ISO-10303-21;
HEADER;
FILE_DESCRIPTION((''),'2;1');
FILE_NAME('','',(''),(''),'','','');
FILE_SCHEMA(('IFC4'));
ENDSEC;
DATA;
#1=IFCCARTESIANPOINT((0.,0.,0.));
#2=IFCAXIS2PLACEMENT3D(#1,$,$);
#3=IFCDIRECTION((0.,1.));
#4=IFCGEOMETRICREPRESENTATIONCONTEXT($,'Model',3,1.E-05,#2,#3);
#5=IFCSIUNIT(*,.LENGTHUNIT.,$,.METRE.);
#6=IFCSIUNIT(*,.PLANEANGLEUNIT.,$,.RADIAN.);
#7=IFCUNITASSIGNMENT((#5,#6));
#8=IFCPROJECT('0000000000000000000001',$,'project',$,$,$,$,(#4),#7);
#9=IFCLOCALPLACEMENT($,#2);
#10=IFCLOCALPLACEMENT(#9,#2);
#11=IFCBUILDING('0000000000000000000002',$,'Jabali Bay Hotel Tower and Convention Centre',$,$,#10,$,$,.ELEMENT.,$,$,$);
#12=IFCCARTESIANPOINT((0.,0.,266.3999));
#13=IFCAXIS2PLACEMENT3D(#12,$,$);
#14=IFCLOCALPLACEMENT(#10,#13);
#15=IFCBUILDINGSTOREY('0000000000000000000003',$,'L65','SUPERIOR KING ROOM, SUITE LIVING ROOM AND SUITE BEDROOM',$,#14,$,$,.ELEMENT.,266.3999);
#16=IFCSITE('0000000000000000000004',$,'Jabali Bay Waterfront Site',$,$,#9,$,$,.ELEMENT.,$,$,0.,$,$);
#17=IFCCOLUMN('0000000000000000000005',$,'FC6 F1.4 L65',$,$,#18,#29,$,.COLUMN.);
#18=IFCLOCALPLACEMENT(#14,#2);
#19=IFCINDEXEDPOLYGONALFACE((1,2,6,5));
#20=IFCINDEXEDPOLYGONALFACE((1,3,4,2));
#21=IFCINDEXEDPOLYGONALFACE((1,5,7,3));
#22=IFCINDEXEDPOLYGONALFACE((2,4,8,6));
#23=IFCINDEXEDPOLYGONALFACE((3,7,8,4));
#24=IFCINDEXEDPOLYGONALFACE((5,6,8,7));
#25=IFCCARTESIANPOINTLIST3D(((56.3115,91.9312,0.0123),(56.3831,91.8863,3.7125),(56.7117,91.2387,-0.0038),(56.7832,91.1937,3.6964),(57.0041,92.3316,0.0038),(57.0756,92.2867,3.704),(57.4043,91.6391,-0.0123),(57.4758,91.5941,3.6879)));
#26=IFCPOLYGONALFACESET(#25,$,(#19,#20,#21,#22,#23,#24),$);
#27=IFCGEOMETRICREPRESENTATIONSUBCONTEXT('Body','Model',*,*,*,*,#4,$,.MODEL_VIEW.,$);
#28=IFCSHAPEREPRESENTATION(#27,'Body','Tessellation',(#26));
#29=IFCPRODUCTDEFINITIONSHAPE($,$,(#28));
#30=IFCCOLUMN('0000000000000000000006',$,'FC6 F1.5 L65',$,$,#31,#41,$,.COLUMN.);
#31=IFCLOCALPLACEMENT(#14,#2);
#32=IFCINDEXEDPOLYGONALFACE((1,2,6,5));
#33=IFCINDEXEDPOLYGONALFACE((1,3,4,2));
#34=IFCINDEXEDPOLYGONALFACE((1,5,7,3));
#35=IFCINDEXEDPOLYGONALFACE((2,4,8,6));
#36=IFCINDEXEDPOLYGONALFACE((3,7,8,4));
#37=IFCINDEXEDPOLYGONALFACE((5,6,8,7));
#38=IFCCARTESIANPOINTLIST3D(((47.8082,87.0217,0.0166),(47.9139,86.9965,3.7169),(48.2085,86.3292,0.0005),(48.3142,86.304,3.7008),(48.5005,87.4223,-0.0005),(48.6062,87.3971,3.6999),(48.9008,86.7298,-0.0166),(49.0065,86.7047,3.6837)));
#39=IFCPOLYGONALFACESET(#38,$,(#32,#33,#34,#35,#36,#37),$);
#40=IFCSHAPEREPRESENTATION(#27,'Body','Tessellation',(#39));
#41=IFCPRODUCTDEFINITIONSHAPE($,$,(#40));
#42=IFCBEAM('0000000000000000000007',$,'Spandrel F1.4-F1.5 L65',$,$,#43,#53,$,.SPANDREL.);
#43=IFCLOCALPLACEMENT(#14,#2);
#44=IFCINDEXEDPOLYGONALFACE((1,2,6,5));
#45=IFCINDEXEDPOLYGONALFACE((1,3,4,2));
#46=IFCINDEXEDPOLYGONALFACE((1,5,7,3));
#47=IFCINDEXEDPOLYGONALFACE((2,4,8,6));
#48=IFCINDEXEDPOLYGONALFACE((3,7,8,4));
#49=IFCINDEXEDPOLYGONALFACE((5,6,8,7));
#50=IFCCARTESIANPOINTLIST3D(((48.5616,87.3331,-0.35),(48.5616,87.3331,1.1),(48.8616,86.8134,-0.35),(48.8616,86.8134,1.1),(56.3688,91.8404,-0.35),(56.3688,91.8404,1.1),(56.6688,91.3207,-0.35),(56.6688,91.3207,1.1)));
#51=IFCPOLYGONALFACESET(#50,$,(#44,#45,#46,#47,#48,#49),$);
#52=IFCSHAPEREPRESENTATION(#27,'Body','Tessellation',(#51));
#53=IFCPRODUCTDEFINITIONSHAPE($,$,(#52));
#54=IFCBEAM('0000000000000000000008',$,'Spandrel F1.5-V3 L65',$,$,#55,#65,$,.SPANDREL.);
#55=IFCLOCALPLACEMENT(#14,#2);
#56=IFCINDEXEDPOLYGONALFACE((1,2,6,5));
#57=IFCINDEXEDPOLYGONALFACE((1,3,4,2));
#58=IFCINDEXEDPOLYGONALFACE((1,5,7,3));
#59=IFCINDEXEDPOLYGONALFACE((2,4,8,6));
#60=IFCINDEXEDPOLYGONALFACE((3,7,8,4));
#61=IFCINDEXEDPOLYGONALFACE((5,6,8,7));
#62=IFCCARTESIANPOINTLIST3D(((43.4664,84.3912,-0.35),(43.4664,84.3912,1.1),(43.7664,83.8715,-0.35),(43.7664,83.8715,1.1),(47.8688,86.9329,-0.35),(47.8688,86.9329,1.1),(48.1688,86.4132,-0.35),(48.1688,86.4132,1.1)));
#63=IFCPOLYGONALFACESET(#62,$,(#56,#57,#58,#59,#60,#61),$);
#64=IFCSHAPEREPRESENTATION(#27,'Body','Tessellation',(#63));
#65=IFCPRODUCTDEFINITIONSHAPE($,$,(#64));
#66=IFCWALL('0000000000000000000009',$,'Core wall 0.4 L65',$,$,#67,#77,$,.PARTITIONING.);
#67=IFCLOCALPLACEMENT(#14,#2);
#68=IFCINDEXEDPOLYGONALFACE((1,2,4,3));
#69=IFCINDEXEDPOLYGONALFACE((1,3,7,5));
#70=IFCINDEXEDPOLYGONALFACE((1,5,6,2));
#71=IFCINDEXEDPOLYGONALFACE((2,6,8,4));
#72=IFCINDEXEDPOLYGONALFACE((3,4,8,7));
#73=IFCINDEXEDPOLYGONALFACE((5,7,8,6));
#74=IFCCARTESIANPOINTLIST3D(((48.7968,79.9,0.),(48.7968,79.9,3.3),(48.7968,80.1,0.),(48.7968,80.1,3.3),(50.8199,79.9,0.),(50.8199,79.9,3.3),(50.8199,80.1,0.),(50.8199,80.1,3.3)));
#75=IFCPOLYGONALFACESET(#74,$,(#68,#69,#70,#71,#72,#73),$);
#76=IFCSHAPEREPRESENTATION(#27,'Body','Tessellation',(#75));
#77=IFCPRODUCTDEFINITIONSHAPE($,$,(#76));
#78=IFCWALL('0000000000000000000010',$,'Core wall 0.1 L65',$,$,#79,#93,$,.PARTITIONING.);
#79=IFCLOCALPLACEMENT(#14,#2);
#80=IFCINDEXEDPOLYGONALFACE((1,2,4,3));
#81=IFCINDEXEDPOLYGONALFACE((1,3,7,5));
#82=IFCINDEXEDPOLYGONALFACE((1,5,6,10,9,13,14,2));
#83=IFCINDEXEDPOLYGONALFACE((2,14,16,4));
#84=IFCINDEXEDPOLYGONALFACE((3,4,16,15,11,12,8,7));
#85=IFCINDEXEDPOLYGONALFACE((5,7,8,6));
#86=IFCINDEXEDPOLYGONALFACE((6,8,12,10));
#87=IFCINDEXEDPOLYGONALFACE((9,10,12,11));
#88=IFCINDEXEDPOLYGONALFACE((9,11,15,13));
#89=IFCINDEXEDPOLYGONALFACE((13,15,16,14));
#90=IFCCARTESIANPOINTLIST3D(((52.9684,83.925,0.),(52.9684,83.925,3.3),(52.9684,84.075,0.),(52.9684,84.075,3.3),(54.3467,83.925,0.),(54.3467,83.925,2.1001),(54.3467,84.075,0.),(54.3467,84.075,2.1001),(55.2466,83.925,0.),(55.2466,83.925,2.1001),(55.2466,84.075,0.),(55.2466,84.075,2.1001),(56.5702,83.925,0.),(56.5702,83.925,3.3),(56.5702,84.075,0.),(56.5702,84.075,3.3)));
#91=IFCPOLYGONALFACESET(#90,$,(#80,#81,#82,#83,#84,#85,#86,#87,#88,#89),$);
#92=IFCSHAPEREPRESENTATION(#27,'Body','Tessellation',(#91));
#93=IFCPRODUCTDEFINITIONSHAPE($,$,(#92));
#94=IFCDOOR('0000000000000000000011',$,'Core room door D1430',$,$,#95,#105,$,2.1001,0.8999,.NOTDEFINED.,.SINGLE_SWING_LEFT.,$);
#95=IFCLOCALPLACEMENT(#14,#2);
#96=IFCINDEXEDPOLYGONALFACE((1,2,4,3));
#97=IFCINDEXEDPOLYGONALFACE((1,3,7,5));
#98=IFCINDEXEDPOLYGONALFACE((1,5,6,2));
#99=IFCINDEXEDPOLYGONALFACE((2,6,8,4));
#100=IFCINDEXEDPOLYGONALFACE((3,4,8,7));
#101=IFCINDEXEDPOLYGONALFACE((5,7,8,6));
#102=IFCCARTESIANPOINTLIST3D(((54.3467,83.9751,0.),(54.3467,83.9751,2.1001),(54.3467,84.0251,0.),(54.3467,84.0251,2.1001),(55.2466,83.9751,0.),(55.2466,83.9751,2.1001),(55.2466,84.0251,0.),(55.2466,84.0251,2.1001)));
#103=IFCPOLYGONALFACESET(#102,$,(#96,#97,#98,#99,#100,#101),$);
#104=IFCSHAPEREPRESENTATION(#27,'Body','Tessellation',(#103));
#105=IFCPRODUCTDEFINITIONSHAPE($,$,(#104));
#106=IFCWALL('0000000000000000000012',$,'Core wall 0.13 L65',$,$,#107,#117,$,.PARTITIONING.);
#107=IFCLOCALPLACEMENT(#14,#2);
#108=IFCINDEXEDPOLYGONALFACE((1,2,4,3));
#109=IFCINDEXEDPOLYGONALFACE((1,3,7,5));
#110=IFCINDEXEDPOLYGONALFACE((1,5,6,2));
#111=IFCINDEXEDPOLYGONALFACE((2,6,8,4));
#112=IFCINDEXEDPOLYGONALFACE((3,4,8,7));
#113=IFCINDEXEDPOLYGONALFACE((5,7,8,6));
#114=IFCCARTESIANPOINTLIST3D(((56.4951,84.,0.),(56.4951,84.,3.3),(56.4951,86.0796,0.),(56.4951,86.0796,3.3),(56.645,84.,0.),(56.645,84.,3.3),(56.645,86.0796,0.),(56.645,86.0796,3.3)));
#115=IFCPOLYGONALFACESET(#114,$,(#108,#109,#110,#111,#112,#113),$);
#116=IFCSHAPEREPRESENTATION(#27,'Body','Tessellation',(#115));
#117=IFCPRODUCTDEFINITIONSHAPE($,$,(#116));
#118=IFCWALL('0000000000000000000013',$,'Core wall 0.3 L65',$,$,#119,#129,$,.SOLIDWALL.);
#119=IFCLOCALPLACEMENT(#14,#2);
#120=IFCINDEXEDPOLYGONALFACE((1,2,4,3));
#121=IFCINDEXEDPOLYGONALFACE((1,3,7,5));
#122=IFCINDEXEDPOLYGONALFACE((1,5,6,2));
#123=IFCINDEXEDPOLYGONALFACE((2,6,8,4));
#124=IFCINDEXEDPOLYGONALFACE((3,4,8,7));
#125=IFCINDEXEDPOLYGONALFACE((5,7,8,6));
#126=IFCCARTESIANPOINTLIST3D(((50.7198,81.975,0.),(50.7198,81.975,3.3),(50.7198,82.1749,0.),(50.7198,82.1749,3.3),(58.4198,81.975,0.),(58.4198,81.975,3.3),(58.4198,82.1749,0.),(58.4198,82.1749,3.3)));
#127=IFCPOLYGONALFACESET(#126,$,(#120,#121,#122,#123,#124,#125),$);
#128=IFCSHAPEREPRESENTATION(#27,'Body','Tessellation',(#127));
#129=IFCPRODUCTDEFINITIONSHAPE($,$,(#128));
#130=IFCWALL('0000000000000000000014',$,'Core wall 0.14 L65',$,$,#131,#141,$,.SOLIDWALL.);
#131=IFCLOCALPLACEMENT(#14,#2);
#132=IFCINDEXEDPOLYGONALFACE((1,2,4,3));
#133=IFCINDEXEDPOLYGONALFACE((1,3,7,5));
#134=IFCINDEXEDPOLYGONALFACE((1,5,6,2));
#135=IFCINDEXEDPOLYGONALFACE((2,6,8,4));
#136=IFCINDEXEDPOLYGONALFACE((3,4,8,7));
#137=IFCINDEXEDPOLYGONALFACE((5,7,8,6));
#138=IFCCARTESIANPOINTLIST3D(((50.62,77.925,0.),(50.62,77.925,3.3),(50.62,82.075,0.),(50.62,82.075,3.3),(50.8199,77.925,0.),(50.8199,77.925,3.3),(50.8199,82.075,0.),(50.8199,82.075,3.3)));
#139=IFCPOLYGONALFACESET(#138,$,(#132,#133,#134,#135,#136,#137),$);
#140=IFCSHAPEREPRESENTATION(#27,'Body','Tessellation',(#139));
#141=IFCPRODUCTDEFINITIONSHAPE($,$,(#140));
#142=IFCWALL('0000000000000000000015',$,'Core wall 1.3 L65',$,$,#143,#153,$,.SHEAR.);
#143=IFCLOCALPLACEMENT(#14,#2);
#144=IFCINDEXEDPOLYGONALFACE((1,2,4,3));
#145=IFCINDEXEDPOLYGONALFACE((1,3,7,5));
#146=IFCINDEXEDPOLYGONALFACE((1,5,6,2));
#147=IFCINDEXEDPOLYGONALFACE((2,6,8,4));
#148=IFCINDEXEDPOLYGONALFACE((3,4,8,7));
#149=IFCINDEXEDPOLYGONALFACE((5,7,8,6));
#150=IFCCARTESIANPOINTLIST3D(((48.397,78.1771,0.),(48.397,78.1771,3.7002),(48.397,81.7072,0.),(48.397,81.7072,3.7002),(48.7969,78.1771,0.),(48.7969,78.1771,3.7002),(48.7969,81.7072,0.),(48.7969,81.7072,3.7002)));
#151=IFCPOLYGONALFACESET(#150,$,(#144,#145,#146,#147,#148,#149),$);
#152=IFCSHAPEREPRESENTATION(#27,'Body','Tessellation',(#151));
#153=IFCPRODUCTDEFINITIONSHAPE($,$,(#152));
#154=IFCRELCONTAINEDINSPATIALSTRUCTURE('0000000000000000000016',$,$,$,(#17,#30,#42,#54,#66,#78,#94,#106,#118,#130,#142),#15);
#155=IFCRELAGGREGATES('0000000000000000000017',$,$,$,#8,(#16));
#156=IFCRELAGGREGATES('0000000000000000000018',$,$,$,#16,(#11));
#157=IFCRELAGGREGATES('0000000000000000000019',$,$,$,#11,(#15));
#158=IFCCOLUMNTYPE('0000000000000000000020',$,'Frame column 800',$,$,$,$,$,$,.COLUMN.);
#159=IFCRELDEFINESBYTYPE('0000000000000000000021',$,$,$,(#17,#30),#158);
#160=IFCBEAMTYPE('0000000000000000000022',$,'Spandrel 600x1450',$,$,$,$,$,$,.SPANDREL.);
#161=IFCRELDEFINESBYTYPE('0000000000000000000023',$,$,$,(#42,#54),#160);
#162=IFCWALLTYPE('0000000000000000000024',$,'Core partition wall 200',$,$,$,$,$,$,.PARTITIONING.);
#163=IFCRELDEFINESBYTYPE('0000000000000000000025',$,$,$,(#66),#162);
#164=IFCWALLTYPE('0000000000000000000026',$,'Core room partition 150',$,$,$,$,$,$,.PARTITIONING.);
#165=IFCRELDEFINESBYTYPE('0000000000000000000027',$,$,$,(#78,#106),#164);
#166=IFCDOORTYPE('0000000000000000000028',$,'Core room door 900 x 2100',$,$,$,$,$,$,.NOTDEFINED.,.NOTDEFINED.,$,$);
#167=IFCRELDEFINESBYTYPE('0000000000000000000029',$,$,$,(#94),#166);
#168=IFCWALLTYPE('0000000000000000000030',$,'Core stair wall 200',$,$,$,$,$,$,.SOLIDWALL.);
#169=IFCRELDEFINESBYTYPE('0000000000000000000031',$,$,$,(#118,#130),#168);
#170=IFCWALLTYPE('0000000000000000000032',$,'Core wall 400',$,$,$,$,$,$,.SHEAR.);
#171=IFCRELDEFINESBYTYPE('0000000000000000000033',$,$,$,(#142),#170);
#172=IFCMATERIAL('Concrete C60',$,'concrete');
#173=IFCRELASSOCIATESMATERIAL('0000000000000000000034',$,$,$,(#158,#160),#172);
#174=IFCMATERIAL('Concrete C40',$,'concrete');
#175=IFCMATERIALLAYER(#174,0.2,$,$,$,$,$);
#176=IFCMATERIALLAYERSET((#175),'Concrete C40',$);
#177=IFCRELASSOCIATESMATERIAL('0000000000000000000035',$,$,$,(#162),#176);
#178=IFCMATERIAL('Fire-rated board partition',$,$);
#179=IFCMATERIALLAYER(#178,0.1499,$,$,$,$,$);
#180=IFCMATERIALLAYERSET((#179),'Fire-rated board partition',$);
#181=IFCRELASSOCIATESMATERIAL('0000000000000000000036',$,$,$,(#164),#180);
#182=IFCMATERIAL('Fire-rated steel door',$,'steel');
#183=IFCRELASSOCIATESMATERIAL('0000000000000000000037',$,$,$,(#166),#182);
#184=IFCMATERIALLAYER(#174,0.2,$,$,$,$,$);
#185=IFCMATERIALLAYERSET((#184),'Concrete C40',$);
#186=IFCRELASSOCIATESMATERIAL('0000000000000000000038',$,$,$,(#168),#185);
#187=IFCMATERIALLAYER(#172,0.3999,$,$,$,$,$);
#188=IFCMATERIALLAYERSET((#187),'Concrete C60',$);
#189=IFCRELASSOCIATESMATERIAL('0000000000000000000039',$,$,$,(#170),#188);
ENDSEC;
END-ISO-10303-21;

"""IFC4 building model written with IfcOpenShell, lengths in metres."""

from ifc_helpers import new_model, si_unit, direction, frame, frame_2d, origin, origin_2d, place, context, subcontext, project, spatial, rectangle, extrude, material, layer, layer_set, material_profile, profile_set, type_object, element, fill, save


model = new_model("IFC4")

# Units and contexts
model_context = context("Model", 3, precision=1e-05, world=origin(), true_north=direction((0.0, 1.0)))
body_context = subcontext(model_context, "Body", "Model", "MODEL_VIEW")
ifc_project = project(units=[si_unit("LENGTHUNIT", "METRE"), si_unit("PLANEANGLEUNIT", "RADIAN")], contexts=[model_context])

# Site, building, storey
site_placement = place(None, origin())
site = spatial("IfcSite", under=ifc_project, at=site_placement, Name="Jabali Bay Waterfront Site", CompositionType="ELEMENT", RefElevation=0.0)
building_placement = place(site_placement, origin())
building = spatial("IfcBuilding", under=site, at=building_placement, Name="Jabali Bay Hotel Tower and Convention Centre", CompositionType="ELEMENT")
storey_placement = place(building_placement, frame((0.0, 0.0, 266.3999)))
storey = spatial("IfcBuildingStorey", under=building, at=storey_placement, Name="L65", Description="SUPERIOR KING ROOM, SUITE LIVING ROOM AND SUITE BEDROOM", CompositionType="ELEMENT", Elevation=266.3999)

# Columns
ifc_material_1 = material(Name="Concrete C60", Category="concrete")
ifc_material_profile_1 = material_profile(ifc_material_1, rectangle(XDim=0.8, YDim=0.8, at=origin_2d()), Name="Frame column 800")
ifc_profile_set_1 = profile_set([ifc_material_profile_1], Name="Concrete C60")
column_type = type_object("IfcColumnType", Name="Frame column 800", PredefinedType="COLUMN", material=ifc_profile_set_1)
column_1_placement = place(storey_placement, frame((56.8579, 91.7852, 0.0), z_axis=(0.019327, -0.012137, 0.99974), x_axis=(-0.500209, 0.86567, 0.02018)))
element("IfcColumn", 1, at=column_1_placement, inside=storey, type_object=column_type, Name="FC6 F1.4 L65", PredefinedType="COLUMN", context=body_context, shape_type="SweptSolid", body=[
    extrude(rectangle(XDim=0.8, YDim=0.8, at=origin_2d()), origin(), (0.0, 0.0, 1.0), 3.7012),
])
column_2_placement = place(storey_placement, frame((48.3545, 86.8757, 0.0), z_axis=(0.028557, -0.006793, 0.999569), x_axis=(-0.500408, 0.865555, 0.020179)))
element("IfcColumn", 2, at=column_2_placement, inside=storey, type_object=column_type, Name="FC6 F1.5 L65", PredefinedType="COLUMN", context=body_context, shape_type="SweptSolid", body=[
    extrude(rectangle(XDim=0.8, YDim=0.8, at=origin_2d()), origin(), (0.0, 0.0, 1.0), 3.7019),
])

# Beams
ifc_material_profile_2 = material_profile(ifc_material_1, rectangle(XDim=0.6001, YDim=1.45, at=origin_2d()), Name="Spandrel 600x1450")
ifc_profile_set_2 = profile_set([ifc_material_profile_2], Name="Concrete C60")
beam_type = type_object("IfcBeamType", Name="Spandrel 600x1450", PredefinedType="SPANDREL", material=ifc_profile_set_2)
beam_1_placement = place(storey_placement, frame((56.5188, 91.5806, 0.375), z_axis=(-0.866031, -0.49999, 0.0), x_axis=(0.49999, -0.866031, 0.0)))
element("IfcBeam", 3, at=beam_1_placement, inside=storey, type_object=beam_type, Name="Spandrel F1.4-F1.5 L65", PredefinedType="SPANDREL", context=body_context, shape_type="SweptSolid", body=[
    extrude(rectangle(XDim=0.6001, YDim=1.45, at=origin_2d()), origin(), (0.0, 0.0, 1.0), 9.0149),
])
beam_2_placement = place(storey_placement, frame((48.0188, 86.6731, 0.375), z_axis=(-0.866021, -0.500008, 0.0), x_axis=(0.500008, -0.866021, 0.0)))
element("IfcBeam", 4, at=beam_2_placement, inside=storey, type_object=beam_type, Name="Spandrel F1.5-V3 L65", PredefinedType="SPANDREL", context=body_context, shape_type="SweptSolid", body=[
    extrude(rectangle(XDim=0.6001, YDim=1.45, at=origin_2d()), origin(), (0.0, 0.0, 1.0), 5.0835),
])

# Wall
ifc_material_2 = material(Name="Concrete C40", Category="concrete")
ifc_layer_1 = layer(ifc_material_2, 0.2)
ifc_layer_set_1 = layer_set([ifc_layer_1], Name="Concrete C40")
wall_type_1 = type_object("IfcWallType", Name="Core partition wall 200", PredefinedType="PARTITIONING", material=ifc_layer_set_1)
wall_1_placement = place(storey_placement, frame((50.8201, 80.0, 0.0), z_axis=(0.0, 0.0, 1.0), x_axis=(-1.0, 0.0, 0.0)))
element("IfcWall", 5, at=wall_1_placement, inside=storey, type_object=wall_type_1, Name="Core wall 0.4 L65", PredefinedType="PARTITIONING", context=body_context, shape_type="SweptSolid", body=[
    extrude(rectangle(XDim=2.0232, YDim=0.2, at=frame_2d((1.0117, 0.0))), origin(), (0.0, 0.0, 1.0), 3.3),
])

# Wall, opening, door
ifc_material_3 = material(Name="Fire-rated board partition")
ifc_layer_2 = layer(ifc_material_3, 0.1499)
ifc_layer_set_2 = layer_set([ifc_layer_2], Name="Fire-rated board partition")
wall_type_2 = type_object("IfcWallType", Name="Core room partition 150", PredefinedType="PARTITIONING", material=ifc_layer_set_2)
wall_2_placement = place(storey_placement, frame((56.5701, 84.0, 0.0), z_axis=(0.0, 0.0, 1.0), x_axis=(-1.0, 0.0, 0.0)))
wall_2 = element("IfcWall", 6, at=wall_2_placement, inside=storey, type_object=wall_type_2, Name="Core wall 0.1 L65", PredefinedType="PARTITIONING", context=body_context, shape_type="SweptSolid", body=[
    extrude(rectangle(XDim=3.6018, YDim=0.1499, at=frame_2d((1.8008, 0.0))), origin(), (0.0, 0.0, 1.0), 3.3),
])
opening_placement = place(wall_2_placement, frame((1.3235, 0.0, 0.0)))
opening = element("IfcOpeningElement", 7, at=opening_placement, cuts=wall_2, PredefinedType="OPENING", context=body_context, shape_type="SweptSolid", body=[
    extrude(rectangle(XDim=0.8999, YDim=2.1001, at=frame_2d((0.45, 1.05))), frame((0.0, 0.0854, 0.0), z_axis=(0.0, -1.0, 0.0), x_axis=(1.0, 0.0, 0.0)), (0.0, 0.0, 1.0), 0.1709),
])
ifc_material_4 = material(Name="Fire-rated steel door", Category="steel")
door_type = type_object("IfcDoorType", Name="Core room door 900 x 2100", OperationType="NOTDEFINED", PredefinedType="NOTDEFINED", material=ifc_material_4)
door_placement = place(opening_placement, origin())
door = element("IfcDoor", 8, at=door_placement, inside=storey, type_object=door_type, Name="Core room door D1430", OperationType="SINGLE_SWING_LEFT", OverallHeight=2.1001, OverallWidth=0.8999, PredefinedType="NOTDEFINED", context=body_context, shape_type="SweptSolid", body=[
    extrude(rectangle(XDim=0.8999, YDim=2.1001, at=frame_2d((0.45, 1.05))), frame((0.0, 0.0249, 0.0), z_axis=(0.0, -1.0, 0.0), x_axis=(1.0, 0.0, 0.0)), (0.0, 0.0, 1.0), 0.05),
])
fill(opening, door)

# Walls
wall_3_placement = place(storey_placement, frame((56.5701, 86.0796, 0.0), z_axis=(0.0, 0.0, 1.0), x_axis=(0.0, -1.0, 0.0)))
element("IfcWall", 9, at=wall_3_placement, inside=storey, type_object=wall_type_2, Name="Core wall 0.13 L65", PredefinedType="PARTITIONING", context=body_context, shape_type="SweptSolid", body=[
    extrude(rectangle(XDim=2.0796, YDim=0.1499, at=frame_2d((1.0398, 0.0))), origin(), (0.0, 0.0, 1.0), 3.3),
])
ifc_layer_3 = layer(ifc_material_2, 0.2)
ifc_layer_set_3 = layer_set([ifc_layer_3], Name="Concrete C40")
wall_type_3 = type_object("IfcWallType", Name="Core stair wall 200", PredefinedType="SOLIDWALL", material=ifc_layer_set_3)
wall_4_placement = place(storey_placement, frame((58.4199, 82.075, 0.0), z_axis=(0.0, 0.0, 1.0), x_axis=(-1.0, 0.0, 0.0)))
element("IfcWall", 10, at=wall_4_placement, inside=storey, type_object=wall_type_3, Name="Core wall 0.3 L65", PredefinedType="SOLIDWALL", context=body_context, shape_type="SweptSolid", body=[
    extrude(rectangle(XDim=7.7, YDim=0.2, at=frame_2d((3.8501, 0.0))), origin(), (0.0, 0.0, 1.0), 3.3),
])
wall_5_placement = place(storey_placement, frame((50.72, 82.075, 0.0), z_axis=(0.0, 0.0, 1.0), x_axis=(0.0, -1.0, 0.0)))
element("IfcWall", 11, at=wall_5_placement, inside=storey, type_object=wall_type_3, Name="Core wall 0.14 L65", PredefinedType="SOLIDWALL", context=body_context, shape_type="SweptSolid", body=[
    extrude(rectangle(XDim=4.1499, YDim=0.2, at=frame_2d((2.075, 0.0))), origin(), (0.0, 0.0, 1.0), 3.3),
])
ifc_layer_4 = layer(ifc_material_1, 0.3999)
ifc_layer_set_4 = layer_set([ifc_layer_4], Name="Concrete C60")
wall_type_4 = type_object("IfcWallType", Name="Core wall 400", PredefinedType="SHEAR", material=ifc_layer_set_4)
wall_6_placement = place(storey_placement, frame((48.5969, 81.7073, 0.0), z_axis=(0.0, 0.0, 1.0), x_axis=(0.0, -1.0, 0.0)))
element("IfcWall", 12, at=wall_6_placement, inside=storey, type_object=wall_type_4, Name="Core wall 1.3 L65", PredefinedType="SHEAR", context=body_context, shape_type="SweptSolid", body=[
    extrude(rectangle(XDim=3.53, YDim=0.3999, at=frame_2d((1.7651, 0.0))), origin(), (0.0, 0.0, 1.0), 3.7002),
])

save(model, "model.ifc")
